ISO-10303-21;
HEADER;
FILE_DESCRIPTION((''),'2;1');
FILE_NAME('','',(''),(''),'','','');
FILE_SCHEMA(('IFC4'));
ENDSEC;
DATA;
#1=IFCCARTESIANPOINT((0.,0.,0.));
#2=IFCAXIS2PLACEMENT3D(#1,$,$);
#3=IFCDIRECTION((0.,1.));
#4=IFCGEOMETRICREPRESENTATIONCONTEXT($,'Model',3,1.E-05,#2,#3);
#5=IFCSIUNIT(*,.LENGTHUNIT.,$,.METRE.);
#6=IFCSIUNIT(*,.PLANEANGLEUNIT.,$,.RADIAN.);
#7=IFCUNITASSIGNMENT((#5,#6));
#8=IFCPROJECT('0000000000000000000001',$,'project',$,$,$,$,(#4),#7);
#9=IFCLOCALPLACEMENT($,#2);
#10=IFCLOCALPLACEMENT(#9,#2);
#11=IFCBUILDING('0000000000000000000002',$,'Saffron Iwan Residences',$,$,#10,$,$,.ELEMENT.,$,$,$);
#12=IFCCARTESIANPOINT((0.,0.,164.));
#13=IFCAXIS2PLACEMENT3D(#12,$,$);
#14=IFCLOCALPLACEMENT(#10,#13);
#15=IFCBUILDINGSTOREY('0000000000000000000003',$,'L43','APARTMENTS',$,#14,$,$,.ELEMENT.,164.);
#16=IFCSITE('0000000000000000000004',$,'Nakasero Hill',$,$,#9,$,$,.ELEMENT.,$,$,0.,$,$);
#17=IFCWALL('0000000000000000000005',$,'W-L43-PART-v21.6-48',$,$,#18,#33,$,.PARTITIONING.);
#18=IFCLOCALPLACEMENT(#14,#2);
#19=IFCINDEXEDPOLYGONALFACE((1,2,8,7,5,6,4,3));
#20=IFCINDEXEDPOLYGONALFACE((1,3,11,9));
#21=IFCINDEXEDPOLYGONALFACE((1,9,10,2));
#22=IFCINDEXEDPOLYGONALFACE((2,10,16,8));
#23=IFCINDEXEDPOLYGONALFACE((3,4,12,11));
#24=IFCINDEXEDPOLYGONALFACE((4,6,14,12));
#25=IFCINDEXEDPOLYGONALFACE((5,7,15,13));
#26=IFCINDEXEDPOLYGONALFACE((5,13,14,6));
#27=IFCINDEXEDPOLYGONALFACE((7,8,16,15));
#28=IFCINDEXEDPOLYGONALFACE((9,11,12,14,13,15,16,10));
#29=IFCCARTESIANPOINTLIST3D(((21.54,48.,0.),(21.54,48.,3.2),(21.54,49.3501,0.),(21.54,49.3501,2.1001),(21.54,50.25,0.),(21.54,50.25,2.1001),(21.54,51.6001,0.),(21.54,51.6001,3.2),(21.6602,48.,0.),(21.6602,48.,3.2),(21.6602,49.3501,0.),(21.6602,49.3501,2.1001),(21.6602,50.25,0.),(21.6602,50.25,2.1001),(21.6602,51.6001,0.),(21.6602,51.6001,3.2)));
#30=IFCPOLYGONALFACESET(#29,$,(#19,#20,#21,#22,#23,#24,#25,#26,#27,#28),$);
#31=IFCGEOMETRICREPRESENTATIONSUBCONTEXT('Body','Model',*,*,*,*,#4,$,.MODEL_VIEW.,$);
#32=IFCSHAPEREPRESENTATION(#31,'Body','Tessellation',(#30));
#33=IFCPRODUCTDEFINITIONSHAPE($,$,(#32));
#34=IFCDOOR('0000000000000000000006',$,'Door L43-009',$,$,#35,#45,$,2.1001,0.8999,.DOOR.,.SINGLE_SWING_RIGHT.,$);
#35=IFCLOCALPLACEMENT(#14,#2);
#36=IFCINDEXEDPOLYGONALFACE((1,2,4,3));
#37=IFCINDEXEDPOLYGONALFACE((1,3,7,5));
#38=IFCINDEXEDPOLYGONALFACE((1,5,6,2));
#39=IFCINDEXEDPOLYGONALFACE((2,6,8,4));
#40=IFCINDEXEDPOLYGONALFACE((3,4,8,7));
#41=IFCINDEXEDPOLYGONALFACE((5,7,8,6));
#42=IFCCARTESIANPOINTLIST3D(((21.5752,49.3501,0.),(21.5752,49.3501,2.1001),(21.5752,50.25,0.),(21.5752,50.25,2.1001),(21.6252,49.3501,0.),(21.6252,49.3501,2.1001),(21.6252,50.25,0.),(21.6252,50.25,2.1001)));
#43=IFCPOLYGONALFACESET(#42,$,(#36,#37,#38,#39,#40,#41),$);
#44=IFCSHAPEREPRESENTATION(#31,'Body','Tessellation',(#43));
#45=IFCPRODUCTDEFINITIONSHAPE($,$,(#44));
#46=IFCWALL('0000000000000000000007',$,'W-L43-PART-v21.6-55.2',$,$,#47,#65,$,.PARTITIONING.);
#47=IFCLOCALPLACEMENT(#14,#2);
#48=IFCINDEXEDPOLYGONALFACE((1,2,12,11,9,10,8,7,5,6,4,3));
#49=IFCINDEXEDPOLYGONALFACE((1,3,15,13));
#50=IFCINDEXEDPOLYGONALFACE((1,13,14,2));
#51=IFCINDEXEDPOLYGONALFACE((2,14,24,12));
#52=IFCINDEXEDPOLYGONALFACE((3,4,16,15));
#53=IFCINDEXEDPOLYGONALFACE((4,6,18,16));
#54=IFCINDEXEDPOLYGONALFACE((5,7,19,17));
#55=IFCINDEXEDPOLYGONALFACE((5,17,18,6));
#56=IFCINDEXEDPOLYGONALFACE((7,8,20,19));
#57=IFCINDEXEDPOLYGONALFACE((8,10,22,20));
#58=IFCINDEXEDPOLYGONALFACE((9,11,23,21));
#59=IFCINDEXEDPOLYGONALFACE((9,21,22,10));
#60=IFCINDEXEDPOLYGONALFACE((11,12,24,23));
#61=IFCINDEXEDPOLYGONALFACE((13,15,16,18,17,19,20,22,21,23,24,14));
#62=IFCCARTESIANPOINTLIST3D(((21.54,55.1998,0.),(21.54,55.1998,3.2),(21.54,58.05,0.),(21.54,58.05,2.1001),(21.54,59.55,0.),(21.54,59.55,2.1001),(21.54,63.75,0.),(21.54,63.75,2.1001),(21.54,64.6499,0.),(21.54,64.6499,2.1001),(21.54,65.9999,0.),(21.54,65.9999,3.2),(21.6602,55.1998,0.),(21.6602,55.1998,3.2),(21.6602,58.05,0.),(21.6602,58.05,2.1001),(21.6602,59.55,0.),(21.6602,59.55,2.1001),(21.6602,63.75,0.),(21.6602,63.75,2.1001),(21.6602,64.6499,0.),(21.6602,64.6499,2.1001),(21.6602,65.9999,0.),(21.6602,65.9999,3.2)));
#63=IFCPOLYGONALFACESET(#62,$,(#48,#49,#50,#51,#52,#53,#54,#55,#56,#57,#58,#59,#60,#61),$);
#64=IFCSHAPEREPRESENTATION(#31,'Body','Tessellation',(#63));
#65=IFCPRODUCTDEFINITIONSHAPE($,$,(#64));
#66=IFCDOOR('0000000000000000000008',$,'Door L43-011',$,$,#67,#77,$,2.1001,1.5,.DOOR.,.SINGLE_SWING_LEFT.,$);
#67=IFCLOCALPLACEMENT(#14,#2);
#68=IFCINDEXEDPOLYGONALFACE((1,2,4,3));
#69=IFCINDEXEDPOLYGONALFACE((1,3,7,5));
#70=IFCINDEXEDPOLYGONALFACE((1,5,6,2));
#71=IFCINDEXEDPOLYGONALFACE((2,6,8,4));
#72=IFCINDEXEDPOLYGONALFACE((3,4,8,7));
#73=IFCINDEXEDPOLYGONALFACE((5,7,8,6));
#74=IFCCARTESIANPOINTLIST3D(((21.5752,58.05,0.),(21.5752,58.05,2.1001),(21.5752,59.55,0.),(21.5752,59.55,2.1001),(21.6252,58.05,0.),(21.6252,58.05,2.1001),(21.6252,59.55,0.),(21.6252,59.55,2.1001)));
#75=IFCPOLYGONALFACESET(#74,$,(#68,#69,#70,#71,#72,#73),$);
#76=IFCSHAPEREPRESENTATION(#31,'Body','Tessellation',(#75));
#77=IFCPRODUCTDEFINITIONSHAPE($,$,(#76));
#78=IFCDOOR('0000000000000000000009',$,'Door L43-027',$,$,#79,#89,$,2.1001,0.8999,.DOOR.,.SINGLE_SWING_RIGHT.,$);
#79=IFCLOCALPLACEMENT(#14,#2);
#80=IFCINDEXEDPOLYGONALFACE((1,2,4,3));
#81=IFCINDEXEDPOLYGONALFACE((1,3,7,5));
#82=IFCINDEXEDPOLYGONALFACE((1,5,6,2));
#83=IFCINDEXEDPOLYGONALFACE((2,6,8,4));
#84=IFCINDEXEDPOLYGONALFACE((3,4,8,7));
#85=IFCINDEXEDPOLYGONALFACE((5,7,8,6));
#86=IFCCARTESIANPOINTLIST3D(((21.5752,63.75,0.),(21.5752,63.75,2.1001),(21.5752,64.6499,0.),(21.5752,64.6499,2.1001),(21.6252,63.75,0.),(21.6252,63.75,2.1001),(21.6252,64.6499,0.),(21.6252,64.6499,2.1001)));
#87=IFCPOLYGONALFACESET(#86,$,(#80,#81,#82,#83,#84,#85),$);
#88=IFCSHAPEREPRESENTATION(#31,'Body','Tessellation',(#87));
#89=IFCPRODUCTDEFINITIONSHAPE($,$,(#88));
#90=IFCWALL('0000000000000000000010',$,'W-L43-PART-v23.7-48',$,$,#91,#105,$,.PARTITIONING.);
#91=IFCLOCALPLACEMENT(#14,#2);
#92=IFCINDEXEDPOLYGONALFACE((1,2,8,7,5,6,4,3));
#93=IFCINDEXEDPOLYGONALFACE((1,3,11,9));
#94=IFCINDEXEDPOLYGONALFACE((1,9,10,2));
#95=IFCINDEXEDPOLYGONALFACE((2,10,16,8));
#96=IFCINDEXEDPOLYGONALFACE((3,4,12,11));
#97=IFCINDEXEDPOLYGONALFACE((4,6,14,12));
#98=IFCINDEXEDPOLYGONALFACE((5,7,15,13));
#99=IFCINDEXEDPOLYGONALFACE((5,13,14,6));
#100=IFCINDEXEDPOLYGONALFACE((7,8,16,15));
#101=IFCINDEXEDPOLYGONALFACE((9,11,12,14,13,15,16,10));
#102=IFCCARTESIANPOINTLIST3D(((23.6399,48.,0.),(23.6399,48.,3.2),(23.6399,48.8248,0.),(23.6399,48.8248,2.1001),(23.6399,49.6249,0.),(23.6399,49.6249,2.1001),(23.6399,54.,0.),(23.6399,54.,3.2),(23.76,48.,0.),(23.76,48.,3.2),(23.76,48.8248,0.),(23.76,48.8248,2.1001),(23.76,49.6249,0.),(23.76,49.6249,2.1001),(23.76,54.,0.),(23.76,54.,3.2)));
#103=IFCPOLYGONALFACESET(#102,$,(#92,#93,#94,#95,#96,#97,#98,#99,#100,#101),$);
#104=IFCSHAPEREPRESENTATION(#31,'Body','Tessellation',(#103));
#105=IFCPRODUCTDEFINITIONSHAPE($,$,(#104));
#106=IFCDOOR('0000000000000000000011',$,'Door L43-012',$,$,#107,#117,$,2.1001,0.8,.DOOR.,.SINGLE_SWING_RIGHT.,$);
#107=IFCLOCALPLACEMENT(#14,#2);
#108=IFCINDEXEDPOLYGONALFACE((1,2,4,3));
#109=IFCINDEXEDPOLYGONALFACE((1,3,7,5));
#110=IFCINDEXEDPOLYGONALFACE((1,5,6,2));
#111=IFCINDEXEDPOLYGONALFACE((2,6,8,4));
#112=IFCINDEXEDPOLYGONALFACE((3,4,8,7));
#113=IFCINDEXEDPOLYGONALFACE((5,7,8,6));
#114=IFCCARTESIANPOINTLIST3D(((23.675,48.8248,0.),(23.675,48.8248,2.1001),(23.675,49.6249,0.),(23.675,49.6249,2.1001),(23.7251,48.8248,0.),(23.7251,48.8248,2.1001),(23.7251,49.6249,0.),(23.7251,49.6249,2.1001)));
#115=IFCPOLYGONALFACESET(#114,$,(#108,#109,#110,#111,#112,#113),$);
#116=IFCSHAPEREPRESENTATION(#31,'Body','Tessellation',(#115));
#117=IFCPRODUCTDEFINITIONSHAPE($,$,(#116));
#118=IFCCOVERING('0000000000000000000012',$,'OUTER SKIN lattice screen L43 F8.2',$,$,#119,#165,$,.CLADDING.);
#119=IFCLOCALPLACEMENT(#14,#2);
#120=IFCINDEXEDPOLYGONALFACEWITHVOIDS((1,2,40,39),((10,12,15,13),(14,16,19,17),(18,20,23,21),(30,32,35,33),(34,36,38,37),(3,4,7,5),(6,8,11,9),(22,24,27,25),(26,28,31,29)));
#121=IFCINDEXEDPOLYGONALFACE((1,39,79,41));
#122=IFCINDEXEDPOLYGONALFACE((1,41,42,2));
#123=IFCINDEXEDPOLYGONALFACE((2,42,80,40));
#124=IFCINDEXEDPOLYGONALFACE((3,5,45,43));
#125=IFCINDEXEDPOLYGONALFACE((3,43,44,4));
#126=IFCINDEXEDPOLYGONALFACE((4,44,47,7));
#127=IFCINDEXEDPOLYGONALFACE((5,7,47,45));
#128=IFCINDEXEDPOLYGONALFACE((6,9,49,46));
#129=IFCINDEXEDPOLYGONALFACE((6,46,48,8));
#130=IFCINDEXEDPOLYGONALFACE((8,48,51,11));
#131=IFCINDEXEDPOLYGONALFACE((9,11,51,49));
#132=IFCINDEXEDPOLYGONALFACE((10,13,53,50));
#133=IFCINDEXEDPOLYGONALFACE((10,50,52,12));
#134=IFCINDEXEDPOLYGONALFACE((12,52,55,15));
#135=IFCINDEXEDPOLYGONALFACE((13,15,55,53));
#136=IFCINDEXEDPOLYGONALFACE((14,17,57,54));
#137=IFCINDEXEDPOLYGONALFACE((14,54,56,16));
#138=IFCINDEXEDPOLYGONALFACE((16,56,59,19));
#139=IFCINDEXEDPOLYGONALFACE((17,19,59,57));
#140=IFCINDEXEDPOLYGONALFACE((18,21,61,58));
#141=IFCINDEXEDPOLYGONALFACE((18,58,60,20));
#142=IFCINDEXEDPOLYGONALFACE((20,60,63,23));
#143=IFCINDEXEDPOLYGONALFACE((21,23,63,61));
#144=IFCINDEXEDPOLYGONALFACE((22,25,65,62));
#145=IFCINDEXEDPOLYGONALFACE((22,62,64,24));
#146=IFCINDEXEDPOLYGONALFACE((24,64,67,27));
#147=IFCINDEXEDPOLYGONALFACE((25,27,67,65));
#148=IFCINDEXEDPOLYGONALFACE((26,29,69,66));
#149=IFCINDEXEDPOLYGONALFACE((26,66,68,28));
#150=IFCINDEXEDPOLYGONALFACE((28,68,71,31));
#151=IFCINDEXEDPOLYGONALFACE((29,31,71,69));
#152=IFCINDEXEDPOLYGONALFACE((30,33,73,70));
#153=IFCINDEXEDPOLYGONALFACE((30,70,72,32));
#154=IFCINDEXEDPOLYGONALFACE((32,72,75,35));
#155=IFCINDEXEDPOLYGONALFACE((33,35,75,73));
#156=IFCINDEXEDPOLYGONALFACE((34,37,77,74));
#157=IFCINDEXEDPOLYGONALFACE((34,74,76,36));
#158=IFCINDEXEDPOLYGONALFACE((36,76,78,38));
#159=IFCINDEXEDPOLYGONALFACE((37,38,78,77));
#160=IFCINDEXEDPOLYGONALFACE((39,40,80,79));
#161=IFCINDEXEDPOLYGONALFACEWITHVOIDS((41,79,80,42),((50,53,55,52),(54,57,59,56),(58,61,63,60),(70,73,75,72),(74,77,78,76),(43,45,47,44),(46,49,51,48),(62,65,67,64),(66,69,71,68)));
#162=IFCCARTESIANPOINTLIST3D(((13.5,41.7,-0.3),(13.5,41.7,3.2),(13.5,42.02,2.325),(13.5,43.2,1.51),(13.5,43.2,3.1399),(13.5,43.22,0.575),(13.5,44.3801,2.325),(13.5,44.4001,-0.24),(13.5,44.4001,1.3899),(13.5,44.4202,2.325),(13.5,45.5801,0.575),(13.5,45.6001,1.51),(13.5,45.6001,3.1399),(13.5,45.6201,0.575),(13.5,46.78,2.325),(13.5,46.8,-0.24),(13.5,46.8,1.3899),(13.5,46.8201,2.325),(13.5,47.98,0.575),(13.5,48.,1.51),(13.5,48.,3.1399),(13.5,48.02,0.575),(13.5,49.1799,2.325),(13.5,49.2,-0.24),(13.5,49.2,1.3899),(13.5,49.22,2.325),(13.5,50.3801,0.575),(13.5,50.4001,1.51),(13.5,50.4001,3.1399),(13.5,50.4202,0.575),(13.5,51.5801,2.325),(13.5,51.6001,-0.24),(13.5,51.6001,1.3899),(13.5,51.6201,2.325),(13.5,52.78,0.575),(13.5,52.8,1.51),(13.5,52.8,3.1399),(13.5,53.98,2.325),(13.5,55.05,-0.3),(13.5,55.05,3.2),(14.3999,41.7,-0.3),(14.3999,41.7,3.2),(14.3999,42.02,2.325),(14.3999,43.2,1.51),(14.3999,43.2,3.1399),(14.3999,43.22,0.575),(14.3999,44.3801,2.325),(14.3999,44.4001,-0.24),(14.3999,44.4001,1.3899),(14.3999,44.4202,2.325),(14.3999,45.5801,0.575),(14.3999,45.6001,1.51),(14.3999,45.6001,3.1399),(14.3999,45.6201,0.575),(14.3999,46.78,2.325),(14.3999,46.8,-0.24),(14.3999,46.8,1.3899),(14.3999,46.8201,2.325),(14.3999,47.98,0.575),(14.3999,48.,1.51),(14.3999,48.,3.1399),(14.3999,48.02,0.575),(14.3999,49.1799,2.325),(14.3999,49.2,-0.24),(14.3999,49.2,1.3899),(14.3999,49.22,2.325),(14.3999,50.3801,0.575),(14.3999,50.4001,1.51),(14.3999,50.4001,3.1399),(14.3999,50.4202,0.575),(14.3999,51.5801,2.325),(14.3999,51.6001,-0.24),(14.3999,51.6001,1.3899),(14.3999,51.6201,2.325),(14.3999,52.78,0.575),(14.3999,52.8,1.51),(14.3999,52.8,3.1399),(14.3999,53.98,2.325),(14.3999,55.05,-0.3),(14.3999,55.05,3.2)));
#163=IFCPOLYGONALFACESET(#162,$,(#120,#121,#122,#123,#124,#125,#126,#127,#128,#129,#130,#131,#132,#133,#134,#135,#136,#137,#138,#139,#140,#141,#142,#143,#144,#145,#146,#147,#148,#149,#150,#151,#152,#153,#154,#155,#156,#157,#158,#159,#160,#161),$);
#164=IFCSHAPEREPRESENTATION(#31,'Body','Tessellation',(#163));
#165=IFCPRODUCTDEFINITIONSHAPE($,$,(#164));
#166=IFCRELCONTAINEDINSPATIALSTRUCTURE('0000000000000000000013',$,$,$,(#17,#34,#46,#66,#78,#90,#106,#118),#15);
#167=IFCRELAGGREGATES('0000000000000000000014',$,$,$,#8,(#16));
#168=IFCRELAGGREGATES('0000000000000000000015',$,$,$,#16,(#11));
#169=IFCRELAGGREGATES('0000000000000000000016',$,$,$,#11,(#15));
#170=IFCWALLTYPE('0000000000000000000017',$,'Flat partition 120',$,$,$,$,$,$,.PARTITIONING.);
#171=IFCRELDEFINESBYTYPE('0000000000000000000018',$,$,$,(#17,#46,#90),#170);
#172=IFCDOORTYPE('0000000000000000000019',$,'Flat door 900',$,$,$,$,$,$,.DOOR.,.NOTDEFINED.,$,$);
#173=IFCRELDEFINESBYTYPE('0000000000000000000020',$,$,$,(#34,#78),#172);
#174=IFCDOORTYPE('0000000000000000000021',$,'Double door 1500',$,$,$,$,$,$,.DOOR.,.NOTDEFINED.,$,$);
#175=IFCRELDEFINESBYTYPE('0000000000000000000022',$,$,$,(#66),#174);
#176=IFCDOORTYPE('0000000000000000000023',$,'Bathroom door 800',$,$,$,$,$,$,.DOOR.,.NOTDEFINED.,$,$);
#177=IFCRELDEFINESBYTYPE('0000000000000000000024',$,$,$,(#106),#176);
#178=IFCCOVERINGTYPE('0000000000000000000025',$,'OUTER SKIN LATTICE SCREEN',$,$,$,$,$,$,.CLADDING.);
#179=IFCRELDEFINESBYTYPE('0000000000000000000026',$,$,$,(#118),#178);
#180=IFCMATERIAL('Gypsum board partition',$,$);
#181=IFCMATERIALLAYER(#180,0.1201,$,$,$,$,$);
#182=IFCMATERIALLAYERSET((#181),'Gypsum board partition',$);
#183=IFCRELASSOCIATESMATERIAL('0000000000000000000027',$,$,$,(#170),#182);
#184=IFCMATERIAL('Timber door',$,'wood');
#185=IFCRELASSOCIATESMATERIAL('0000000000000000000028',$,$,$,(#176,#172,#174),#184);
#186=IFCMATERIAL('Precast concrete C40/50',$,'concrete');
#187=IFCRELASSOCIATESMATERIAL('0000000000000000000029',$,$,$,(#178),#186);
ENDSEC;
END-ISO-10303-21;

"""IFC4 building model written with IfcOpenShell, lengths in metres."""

from ifc_helpers import new_model, si_unit, direction, frame, frame_2d, origin, place, context, subcontext, project, spatial, polyline, rectangle, outline, extrude, material, layer, layer_set, type_object, element, fill, save


model = new_model("IFC4")

# Units and contexts
model_context = context("Model", 3, precision=1e-05, world=origin(), true_north=direction((0.0, 1.0)))
body_context = subcontext(model_context, "Body", "Model", "MODEL_VIEW")
ifc_project = project(units=[si_unit("LENGTHUNIT", "METRE"), si_unit("PLANEANGLEUNIT", "RADIAN")], contexts=[model_context])

# Site, building, storey
site_placement = place(None, origin())
site = spatial("IfcSite", under=ifc_project, at=site_placement, Name="Nakasero Hill", CompositionType="ELEMENT", RefElevation=0.0)
building_placement = place(site_placement, origin())
building = spatial("IfcBuilding", under=site, at=building_placement, Name="Saffron Iwan Residences", CompositionType="ELEMENT")
storey_placement = place(building_placement, frame((0.0, 0.0, 164.0)))
storey = spatial("IfcBuildingStorey", under=building, at=storey_placement, Name="L43", Description="APARTMENTS", CompositionType="ELEMENT", Elevation=164.0)

# Shared definitions
ifc_material_1 = material(Name="Gypsum board partition")
ifc_layer_1 = layer(ifc_material_1, 0.1201)
ifc_layer_set_1 = layer_set([ifc_layer_1], Name="Gypsum board partition")
wall_type_1 = type_object("IfcWallType", Name="Flat partition 120", PredefinedType="PARTITIONING", material=ifc_layer_set_1)

# Shared definitions
ifc_material_2 = material(Name="Timber door", Category="wood")
door_type_1 = type_object("IfcDoorType", Name="Bathroom door 800", OperationType="NOTDEFINED", PredefinedType="DOOR", material=ifc_material_2)

# Wall, opening, door
wall_1_placement = place(storey_placement, frame((21.6001, 48.0, 0.0), z_axis=(0.0, 0.0, 1.0), x_axis=(0.0, 1.0, 0.0)))
wall_1 = element("IfcWall", 1, at=wall_1_placement, inside=storey, type_object=wall_type_1, Name="W-L43-PART-v21.6-48", PredefinedType="PARTITIONING", context=body_context, shape_type="SweptSolid", body=[
    extrude(rectangle(XDim=3.6001, YDim=0.1201, at=frame_2d((1.8, 0.0))), origin(), (0.0, 0.0, 1.0), 3.2),
])
opening_1_placement = place(wall_1_placement, frame((1.3501, 0.0, 0.0)))
opening_1 = element("IfcOpeningElement", 2, at=opening_1_placement, cuts=wall_1, PredefinedType="OPENING", context=body_context, shape_type="SweptSolid", body=[
    extrude(rectangle(XDim=0.8999, YDim=2.1001, at=frame_2d((0.45, 1.05))), frame((0.0, 0.0701, 0.0), z_axis=(0.0, -1.0, 0.0), x_axis=(1.0, 0.0, 0.0)), (0.0, 0.0, 1.0), 0.1401),
])
door_type_2 = type_object("IfcDoorType", Name="Flat door 900", OperationType="NOTDEFINED", PredefinedType="DOOR", material=ifc_material_2)
door_1_placement = place(opening_1_placement, origin())
door_1 = element("IfcDoor", 3, at=door_1_placement, inside=storey, type_object=door_type_2, Name="Door L43-009", OperationType="SINGLE_SWING_RIGHT", OverallHeight=2.1001, OverallWidth=0.8999, PredefinedType="DOOR", context=body_context, shape_type="SweptSolid", body=[
    extrude(rectangle(XDim=0.8999, YDim=2.1001, at=frame_2d((0.45, 1.05))), frame((0.0, 0.0249, 0.0), z_axis=(0.0, -1.0, 0.0), x_axis=(1.0, 0.0, 0.0)), (0.0, 0.0, 1.0), 0.05),
])
fill(opening_1, door_1)

# Wall, openings, doors
wall_2_placement = place(storey_placement, frame((21.6001, 55.2, 0.0), z_axis=(0.0, 0.0, 1.0), x_axis=(0.0, 1.0, 0.0)))
wall_2 = element("IfcWall", 4, at=wall_2_placement, inside=storey, type_object=wall_type_1, Name="W-L43-PART-v21.6-55.2", PredefinedType="PARTITIONING", context=body_context, shape_type="SweptSolid", body=[
    extrude(rectangle(XDim=10.8, YDim=0.1201, at=frame_2d((5.3999, 0.0))), origin(), (0.0, 0.0, 1.0), 3.2),
])
opening_2_placement = place(wall_2_placement, frame((2.8501, 0.0, 0.0)))
opening_2 = element("IfcOpeningElement", 5, at=opening_2_placement, cuts=wall_2, PredefinedType="OPENING", context=body_context, shape_type="SweptSolid", body=[
    extrude(rectangle(XDim=1.5, YDim=2.1001, at=frame_2d((0.75, 1.05))), frame((0.0, 0.0701, 0.0), z_axis=(0.0, -1.0, 0.0), x_axis=(1.0, 0.0, 0.0)), (0.0, 0.0, 1.0), 0.1401),
])
opening_3_placement = place(wall_2_placement, frame((8.55, 0.0, 0.0)))
opening_3 = element("IfcOpeningElement", 6, at=opening_3_placement, cuts=wall_2, PredefinedType="OPENING", context=body_context, shape_type="SweptSolid", body=[
    extrude(rectangle(XDim=0.8999, YDim=2.1001, at=frame_2d((0.45, 1.05))), frame((0.0, 0.0701, 0.0), z_axis=(0.0, -1.0, 0.0), x_axis=(1.0, 0.0, 0.0)), (0.0, 0.0, 1.0), 0.1401),
])
door_type_3 = type_object("IfcDoorType", Name="Double door 1500", OperationType="NOTDEFINED", PredefinedType="DOOR", material=ifc_material_2)
door_2_placement = place(opening_2_placement, origin())
door_2 = element("IfcDoor", 7, at=door_2_placement, inside=storey, type_object=door_type_3, Name="Door L43-011", OperationType="SINGLE_SWING_LEFT", OverallHeight=2.1001, OverallWidth=1.5, PredefinedType="DOOR", context=body_context, shape_type="SweptSolid", body=[
    extrude(rectangle(XDim=1.5, YDim=2.1001, at=frame_2d((0.75, 1.05))), frame((0.0, 0.0249, 0.0), z_axis=(0.0, -1.0, 0.0), x_axis=(1.0, 0.0, 0.0)), (0.0, 0.0, 1.0), 0.05),
])
fill(opening_2, door_2)
door_3_placement = place(opening_3_placement, origin())
door_3 = element("IfcDoor", 8, at=door_3_placement, inside=storey, type_object=door_type_2, Name="Door L43-027", OperationType="SINGLE_SWING_RIGHT", OverallHeight=2.1001, OverallWidth=0.8999, PredefinedType="DOOR", context=body_context, shape_type="SweptSolid", body=[
    extrude(rectangle(XDim=0.8999, YDim=2.1001, at=frame_2d((0.45, 1.05))), frame((0.0, 0.0249, 0.0), z_axis=(0.0, -1.0, 0.0), x_axis=(1.0, 0.0, 0.0)), (0.0, 0.0, 1.0), 0.05),
])
fill(opening_3, door_3)

# Wall, opening, door
wall_3_placement = place(storey_placement, frame((23.7, 48.0, 0.0), z_axis=(0.0, 0.0, 1.0), x_axis=(0.0, 1.0, 0.0)))
wall_3 = element("IfcWall", 9, at=wall_3_placement, inside=storey, type_object=wall_type_1, Name="W-L43-PART-v23.7-48", PredefinedType="PARTITIONING", context=body_context, shape_type="SweptSolid", body=[
    extrude(rectangle(XDim=6.0, YDim=0.1201, at=frame_2d((3.0, 0.0))), origin(), (0.0, 0.0, 1.0), 3.2),
])
opening_4_placement = place(wall_3_placement, frame((0.825, 0.0, 0.0)))
opening_4 = element("IfcOpeningElement", 10, at=opening_4_placement, cuts=wall_3, PredefinedType="OPENING", context=body_context, shape_type="SweptSolid", body=[
    extrude(rectangle(XDim=0.8, YDim=2.1001, at=frame_2d((0.3999, 1.05))), frame((0.0, 0.0701, 0.0), z_axis=(0.0, -1.0, 0.0), x_axis=(1.0, 0.0, 0.0)), (0.0, 0.0, 1.0), 0.1401),
])
door_4_placement = place(opening_4_placement, origin())
door_4 = element("IfcDoor", 11, at=door_4_placement, inside=storey, type_object=door_type_1, Name="Door L43-012", OperationType="SINGLE_SWING_RIGHT", OverallHeight=2.1001, OverallWidth=0.8, PredefinedType="DOOR", context=body_context, shape_type="SweptSolid", body=[
    extrude(rectangle(XDim=0.8, YDim=2.1001, at=frame_2d((0.3999, 1.05))), frame((0.0, 0.0249, 0.0), z_axis=(0.0, -1.0, 0.0), x_axis=(1.0, 0.0, 0.0)), (0.0, 0.0, 1.0), 0.05),
])
fill(opening_4, door_4)

# Covering
ifc_material_3 = material(Name="Precast concrete C40/50", Category="concrete")
covering_type = type_object("IfcCoveringType", Name="OUTER SKIN LATTICE SCREEN", PredefinedType="CLADDING", material=ifc_material_3)
covering_placement = place(storey_placement, frame((14.3999, 55.05, -0.3), z_axis=(-1.0, 0.0, 0.0), x_axis=(0.0, -1.0, 0.0)))
element("IfcCovering", 12, at=covering_placement, inside=storey, type_object=covering_type, Name="OUTER SKIN lattice screen L43 F8.2", PredefinedType="CLADDING", context=body_context, shape_type="SweptSolid", body=[
    extrude(outline(polyline([(0.0, 0.0), (13.3501, 0.0), (13.3501, 3.5), (0.0, 3.5), (0.0, 0.0)]), holes=[polyline([(2.27, 0.875), (3.45, 0.0601), (4.6299, 0.875), (3.45, 1.6899), (2.27, 0.875)]), polyline([(4.6699, 0.875), (5.8501, 0.0601), (7.03, 0.875), (5.8501, 1.6899), (4.6699, 0.875)]), polyline([(7.0701, 0.875), (8.25, 0.0601), (9.4299, 0.875), (8.25, 1.6899), (7.0701, 0.875)]), polyline([(9.47, 0.875), (10.6499, 0.0601), (11.8301, 0.875), (10.6499, 1.6899), (9.47, 0.875)]), polyline([(1.0701, 2.625), (2.25, 1.8101), (3.4299, 2.625), (2.25, 3.4399), (1.0701, 2.625)]), polyline([(3.47, 2.625), (4.6499, 1.8101), (5.8301, 2.625), (4.6499, 3.4399), (3.47, 2.625)]), polyline([(5.8701, 2.625), (7.05, 1.8101), (8.23, 2.625), (7.05, 3.4399), (5.8701, 2.625)]), polyline([(8.27, 2.625), (9.45, 1.8101), (10.6299, 2.625), (9.45, 3.4399), (8.27, 2.625)]), polyline([(10.6699, 2.625), (11.8501, 1.8101), (13.03, 2.625), (11.8501, 3.4399), (10.6699, 2.625)])]), origin(), (0.0, 0.0, 1.0), 0.8999),
])

save(model, "model.ifc")
